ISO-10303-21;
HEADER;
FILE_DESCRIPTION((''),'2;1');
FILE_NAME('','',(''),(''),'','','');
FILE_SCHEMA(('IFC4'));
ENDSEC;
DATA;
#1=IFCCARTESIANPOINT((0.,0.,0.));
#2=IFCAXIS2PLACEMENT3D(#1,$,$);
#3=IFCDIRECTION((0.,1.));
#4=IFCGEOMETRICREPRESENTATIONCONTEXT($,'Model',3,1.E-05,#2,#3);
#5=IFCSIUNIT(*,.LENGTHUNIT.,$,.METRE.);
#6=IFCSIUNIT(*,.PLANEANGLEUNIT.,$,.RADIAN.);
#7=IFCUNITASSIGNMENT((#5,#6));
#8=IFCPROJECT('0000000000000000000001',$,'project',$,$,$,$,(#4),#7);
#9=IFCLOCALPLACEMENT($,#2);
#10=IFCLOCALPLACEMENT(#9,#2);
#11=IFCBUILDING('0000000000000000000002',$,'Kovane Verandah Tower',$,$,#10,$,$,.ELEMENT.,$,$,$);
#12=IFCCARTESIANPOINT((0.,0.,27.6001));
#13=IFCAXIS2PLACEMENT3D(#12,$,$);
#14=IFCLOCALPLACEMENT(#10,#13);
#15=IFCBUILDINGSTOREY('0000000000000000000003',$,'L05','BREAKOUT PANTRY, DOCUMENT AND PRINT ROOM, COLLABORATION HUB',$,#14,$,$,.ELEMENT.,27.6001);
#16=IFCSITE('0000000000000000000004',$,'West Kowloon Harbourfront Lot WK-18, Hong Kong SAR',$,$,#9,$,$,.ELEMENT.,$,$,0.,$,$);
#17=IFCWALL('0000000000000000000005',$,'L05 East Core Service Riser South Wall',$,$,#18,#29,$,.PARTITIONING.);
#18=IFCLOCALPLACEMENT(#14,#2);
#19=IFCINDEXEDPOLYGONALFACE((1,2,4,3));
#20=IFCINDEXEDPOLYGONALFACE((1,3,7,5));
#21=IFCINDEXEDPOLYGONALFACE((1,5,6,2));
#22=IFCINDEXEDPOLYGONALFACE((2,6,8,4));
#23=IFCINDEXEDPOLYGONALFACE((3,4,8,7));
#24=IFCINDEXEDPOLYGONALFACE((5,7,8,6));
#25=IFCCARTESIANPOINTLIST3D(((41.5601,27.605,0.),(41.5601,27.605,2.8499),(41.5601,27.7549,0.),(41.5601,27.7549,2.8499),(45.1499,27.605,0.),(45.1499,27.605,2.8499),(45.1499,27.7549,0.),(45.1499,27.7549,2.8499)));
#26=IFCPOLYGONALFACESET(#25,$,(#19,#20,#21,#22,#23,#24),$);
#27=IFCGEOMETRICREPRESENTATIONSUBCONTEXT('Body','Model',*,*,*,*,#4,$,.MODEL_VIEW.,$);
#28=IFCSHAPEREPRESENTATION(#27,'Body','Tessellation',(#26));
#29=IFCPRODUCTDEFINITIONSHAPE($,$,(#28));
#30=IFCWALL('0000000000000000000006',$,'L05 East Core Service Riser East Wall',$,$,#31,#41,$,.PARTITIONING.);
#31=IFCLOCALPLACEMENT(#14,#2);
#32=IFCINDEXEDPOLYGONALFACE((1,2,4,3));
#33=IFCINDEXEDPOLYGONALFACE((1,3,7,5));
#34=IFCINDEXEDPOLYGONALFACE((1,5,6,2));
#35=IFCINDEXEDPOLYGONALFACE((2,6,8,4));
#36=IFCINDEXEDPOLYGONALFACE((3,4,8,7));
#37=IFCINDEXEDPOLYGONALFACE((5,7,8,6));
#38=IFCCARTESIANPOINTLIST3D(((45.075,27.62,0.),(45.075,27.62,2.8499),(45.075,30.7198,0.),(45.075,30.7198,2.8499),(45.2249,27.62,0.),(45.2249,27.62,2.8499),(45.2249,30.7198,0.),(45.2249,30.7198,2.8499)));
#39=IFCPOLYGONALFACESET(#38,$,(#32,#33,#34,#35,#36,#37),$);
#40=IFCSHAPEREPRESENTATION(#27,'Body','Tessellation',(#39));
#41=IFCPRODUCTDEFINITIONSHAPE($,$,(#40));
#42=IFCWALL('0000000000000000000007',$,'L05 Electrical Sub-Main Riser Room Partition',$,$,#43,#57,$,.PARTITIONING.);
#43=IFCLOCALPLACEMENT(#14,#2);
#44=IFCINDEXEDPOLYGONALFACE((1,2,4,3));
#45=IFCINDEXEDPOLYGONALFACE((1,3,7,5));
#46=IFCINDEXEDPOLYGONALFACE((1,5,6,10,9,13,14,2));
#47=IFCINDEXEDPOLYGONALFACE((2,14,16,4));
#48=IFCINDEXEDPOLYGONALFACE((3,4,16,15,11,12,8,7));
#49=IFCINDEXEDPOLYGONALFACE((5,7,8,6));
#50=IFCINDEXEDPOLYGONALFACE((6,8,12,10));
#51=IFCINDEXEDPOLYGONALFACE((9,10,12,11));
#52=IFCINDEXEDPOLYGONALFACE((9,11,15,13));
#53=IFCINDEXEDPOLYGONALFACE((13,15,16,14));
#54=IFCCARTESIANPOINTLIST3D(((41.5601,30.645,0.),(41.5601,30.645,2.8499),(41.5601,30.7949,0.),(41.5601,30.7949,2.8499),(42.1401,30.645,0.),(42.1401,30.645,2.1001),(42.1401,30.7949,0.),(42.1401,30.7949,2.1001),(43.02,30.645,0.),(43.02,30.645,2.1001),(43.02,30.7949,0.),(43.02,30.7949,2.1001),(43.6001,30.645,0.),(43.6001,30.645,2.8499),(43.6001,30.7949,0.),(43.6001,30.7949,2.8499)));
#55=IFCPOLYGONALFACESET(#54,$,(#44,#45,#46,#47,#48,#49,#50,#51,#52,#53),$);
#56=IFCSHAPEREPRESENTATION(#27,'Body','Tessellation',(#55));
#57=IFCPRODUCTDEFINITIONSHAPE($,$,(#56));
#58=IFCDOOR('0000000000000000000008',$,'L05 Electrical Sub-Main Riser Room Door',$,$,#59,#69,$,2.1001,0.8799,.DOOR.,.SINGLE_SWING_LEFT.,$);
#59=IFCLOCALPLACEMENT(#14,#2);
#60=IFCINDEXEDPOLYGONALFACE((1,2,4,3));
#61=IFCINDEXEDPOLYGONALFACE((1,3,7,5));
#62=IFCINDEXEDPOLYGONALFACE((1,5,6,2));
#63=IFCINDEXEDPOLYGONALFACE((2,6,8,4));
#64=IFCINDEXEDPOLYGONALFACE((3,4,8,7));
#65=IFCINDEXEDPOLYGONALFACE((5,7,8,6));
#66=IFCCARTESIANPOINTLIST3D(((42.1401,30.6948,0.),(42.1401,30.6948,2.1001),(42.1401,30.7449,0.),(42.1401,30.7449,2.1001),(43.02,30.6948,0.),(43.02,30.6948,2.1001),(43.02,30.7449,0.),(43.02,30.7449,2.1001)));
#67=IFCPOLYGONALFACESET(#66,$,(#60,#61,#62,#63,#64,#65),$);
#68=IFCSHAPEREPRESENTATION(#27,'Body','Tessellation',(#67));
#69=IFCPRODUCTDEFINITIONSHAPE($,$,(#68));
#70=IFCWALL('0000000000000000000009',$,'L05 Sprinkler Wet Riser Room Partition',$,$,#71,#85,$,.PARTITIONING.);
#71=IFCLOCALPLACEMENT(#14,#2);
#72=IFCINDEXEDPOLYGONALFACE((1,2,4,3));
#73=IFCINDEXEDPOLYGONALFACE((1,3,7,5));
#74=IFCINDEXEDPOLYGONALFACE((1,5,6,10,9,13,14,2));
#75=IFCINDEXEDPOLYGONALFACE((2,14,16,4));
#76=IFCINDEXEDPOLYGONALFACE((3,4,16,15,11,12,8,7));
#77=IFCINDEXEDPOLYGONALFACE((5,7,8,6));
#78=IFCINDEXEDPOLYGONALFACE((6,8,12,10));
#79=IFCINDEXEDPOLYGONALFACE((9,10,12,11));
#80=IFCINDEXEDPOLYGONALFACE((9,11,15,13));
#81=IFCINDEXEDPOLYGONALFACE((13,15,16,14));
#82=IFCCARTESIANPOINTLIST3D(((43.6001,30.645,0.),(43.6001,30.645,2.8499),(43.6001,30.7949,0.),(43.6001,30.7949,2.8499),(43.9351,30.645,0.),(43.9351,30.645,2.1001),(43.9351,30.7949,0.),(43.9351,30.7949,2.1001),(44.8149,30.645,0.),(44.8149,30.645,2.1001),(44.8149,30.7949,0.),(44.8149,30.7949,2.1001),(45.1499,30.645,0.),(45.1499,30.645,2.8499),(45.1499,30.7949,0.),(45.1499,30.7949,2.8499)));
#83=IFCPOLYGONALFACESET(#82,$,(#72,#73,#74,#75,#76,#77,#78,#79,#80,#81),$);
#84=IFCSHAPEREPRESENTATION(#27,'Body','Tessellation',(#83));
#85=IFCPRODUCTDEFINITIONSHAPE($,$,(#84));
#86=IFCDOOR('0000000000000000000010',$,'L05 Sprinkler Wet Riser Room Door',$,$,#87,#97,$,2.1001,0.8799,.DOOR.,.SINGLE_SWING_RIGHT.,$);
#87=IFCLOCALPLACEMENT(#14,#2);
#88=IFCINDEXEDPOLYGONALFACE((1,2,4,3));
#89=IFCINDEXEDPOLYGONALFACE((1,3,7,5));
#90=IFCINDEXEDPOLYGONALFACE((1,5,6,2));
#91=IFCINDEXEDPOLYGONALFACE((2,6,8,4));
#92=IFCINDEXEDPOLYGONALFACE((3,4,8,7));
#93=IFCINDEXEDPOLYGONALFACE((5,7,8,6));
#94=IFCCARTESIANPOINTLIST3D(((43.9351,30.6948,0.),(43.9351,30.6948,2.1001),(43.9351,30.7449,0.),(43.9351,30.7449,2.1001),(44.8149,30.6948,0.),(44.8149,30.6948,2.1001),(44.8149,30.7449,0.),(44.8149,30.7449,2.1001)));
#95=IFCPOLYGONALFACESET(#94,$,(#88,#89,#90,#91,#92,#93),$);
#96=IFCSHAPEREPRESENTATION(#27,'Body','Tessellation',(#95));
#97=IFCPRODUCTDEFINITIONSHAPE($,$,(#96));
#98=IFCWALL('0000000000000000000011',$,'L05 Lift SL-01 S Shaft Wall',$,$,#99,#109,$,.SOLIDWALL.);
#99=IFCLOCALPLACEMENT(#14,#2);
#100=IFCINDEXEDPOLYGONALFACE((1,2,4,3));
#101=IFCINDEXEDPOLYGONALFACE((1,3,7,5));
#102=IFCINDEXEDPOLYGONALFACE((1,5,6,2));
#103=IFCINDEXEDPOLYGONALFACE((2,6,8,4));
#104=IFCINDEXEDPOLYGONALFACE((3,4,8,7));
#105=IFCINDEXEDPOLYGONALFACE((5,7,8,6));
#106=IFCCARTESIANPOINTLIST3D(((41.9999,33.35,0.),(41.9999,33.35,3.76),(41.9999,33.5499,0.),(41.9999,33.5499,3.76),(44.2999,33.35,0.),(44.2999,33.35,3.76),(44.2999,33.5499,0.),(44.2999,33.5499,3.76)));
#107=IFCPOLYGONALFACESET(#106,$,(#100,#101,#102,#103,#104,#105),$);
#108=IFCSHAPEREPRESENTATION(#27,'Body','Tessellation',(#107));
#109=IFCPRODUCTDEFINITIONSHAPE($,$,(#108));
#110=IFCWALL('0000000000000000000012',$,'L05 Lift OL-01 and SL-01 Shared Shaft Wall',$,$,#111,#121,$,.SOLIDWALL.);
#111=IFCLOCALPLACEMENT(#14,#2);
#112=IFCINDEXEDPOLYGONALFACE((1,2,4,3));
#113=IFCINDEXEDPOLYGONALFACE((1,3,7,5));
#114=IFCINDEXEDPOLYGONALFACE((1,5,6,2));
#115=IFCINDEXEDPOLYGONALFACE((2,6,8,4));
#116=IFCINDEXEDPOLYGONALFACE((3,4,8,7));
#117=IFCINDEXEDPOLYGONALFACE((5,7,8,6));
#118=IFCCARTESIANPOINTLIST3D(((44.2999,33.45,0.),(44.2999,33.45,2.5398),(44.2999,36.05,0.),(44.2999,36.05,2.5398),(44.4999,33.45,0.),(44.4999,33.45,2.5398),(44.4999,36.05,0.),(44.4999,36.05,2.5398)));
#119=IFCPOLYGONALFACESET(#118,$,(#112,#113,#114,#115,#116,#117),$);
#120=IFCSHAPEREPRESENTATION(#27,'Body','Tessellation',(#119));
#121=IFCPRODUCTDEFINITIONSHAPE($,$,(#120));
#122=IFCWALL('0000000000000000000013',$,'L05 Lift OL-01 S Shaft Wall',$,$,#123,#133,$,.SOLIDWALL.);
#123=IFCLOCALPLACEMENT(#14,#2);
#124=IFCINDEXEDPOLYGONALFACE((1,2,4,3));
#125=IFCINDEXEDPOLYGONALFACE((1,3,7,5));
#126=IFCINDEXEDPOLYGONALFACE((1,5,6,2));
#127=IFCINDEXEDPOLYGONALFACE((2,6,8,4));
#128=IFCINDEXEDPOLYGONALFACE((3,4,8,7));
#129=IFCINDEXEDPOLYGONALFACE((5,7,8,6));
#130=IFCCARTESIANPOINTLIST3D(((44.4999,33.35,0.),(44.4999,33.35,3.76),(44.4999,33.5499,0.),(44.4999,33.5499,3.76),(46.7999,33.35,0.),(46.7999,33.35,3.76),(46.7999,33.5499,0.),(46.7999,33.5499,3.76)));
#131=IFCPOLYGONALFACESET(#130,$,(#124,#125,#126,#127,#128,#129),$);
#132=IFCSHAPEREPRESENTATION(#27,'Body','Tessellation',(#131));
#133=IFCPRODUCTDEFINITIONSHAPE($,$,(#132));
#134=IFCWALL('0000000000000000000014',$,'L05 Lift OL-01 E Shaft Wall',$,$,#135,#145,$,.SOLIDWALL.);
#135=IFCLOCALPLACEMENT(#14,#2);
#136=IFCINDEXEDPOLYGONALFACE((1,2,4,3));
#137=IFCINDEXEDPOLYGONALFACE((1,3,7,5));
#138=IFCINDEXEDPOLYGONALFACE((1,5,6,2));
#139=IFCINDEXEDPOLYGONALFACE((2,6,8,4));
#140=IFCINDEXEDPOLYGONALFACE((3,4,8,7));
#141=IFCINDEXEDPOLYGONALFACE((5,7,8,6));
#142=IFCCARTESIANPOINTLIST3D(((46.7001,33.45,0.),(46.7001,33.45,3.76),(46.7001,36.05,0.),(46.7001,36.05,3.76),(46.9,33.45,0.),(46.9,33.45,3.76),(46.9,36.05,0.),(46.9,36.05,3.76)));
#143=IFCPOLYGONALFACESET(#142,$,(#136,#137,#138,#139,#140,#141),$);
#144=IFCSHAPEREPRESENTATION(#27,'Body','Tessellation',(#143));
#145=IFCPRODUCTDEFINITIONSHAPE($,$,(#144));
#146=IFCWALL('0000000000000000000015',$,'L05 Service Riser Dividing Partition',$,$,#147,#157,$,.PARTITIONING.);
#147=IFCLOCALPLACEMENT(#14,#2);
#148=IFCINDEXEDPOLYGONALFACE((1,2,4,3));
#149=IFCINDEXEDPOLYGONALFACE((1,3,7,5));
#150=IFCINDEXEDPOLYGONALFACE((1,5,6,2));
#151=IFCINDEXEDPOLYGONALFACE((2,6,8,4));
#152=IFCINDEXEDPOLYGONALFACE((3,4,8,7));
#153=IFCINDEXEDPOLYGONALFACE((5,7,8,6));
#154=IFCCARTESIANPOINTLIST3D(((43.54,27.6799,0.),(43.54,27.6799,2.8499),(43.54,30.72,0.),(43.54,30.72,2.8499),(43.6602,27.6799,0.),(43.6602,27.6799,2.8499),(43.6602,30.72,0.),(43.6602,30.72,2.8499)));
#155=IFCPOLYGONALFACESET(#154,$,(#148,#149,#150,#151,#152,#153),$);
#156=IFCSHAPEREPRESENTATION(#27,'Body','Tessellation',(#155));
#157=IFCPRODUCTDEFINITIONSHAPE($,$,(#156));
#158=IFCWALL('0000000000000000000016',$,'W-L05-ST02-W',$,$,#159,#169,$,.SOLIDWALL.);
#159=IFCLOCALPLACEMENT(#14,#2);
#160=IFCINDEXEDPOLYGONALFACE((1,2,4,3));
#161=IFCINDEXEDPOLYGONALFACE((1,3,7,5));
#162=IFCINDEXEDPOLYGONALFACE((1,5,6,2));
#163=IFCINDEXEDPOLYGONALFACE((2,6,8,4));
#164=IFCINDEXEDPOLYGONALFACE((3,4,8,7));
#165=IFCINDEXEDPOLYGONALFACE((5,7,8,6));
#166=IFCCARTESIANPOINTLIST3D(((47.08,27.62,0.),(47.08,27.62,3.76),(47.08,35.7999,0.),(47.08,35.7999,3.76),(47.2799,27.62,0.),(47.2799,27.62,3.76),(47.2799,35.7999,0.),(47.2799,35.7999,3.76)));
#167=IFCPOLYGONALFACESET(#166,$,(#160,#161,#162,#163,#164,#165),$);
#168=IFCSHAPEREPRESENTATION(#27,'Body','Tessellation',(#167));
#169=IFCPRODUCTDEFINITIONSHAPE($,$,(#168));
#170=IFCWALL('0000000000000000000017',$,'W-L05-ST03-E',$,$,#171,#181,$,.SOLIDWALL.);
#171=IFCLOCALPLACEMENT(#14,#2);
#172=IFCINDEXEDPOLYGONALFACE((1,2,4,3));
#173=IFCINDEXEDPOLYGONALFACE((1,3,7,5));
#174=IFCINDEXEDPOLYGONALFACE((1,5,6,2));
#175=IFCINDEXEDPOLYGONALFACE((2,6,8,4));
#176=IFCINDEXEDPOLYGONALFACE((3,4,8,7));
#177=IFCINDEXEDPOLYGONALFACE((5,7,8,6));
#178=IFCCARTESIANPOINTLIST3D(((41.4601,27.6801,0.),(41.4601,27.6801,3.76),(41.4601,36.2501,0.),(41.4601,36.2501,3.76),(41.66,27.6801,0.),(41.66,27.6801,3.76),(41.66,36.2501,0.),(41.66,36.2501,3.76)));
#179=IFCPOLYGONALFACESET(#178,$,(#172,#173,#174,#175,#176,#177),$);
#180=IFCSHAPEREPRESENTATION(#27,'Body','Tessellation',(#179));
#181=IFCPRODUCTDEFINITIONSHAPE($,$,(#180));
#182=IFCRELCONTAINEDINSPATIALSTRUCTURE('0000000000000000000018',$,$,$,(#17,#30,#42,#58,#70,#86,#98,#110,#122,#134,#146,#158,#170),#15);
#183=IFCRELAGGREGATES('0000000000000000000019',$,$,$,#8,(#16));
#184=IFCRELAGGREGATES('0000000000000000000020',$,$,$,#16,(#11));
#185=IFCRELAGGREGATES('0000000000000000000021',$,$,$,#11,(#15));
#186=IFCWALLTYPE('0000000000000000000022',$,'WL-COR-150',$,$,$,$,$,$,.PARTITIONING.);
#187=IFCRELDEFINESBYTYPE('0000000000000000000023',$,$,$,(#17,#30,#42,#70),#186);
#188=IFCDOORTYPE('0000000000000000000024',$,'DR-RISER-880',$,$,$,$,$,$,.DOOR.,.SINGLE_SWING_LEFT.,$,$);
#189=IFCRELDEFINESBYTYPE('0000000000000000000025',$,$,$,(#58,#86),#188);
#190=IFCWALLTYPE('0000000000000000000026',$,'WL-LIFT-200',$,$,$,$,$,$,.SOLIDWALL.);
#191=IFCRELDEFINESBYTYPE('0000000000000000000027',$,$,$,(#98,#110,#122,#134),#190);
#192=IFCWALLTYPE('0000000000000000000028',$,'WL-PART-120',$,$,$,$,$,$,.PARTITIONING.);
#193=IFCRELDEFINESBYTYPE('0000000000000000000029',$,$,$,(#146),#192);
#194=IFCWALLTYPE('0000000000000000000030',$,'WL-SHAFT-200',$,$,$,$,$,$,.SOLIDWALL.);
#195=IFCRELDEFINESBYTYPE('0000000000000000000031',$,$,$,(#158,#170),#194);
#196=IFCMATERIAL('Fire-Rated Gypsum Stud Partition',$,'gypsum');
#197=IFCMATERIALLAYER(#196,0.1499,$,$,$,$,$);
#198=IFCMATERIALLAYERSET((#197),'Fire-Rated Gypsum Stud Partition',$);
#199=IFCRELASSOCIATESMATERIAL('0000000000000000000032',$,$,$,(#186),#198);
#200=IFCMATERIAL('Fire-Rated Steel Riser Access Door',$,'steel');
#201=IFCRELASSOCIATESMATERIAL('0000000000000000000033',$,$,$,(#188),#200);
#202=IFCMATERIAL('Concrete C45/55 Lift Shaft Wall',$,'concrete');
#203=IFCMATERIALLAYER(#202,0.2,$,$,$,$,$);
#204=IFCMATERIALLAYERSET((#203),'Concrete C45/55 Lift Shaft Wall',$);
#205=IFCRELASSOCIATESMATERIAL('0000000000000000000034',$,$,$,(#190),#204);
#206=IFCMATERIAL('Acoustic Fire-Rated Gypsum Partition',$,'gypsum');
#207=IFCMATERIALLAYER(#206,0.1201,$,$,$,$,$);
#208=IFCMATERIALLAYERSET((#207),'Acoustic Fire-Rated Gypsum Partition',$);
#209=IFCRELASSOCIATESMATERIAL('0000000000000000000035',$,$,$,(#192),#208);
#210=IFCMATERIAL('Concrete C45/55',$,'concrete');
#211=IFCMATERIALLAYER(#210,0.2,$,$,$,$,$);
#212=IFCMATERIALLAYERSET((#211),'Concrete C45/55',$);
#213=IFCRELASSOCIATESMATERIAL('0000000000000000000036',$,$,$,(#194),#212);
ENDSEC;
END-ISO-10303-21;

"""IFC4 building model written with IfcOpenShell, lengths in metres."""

from ifc_helpers import new_model, si_unit, direction, frame, frame_2d, origin, place, context, subcontext, project, spatial, rectangle, extrude, material, layer, layer_set, type_object, element, fill, save


model = new_model("IFC4")

# Units and contexts
model_context = context("Model", 3, precision=1e-05, world=origin(), true_north=direction((0.0, 1.0)))
body_context = subcontext(model_context, "Body", "Model", "MODEL_VIEW")
ifc_project = project(units=[si_unit("LENGTHUNIT", "METRE"), si_unit("PLANEANGLEUNIT", "RADIAN")], contexts=[model_context])

# Site, building, storey
site_placement = place(None, origin())
site = spatial("IfcSite", under=ifc_project, at=site_placement, Name="West Kowloon Harbourfront Lot WK-18, Hong Kong SAR", CompositionType="ELEMENT", RefElevation=0.0)
building_placement = place(site_placement, origin())
building = spatial("IfcBuilding", under=site, at=building_placement, Name="Kovane Verandah Tower", CompositionType="ELEMENT")
storey_placement = place(building_placement, frame((0.0, 0.0, 27.6001)))
storey = spatial("IfcBuildingStorey", under=building, at=storey_placement, Name="L05", Description="BREAKOUT PANTRY, DOCUMENT AND PRINT ROOM, COLLABORATION HUB", CompositionType="ELEMENT", Elevation=27.6001)

# Walls
ifc_material_1 = material(Name="Fire-Rated Gypsum Stud Partition", Category="gypsum")
ifc_layer_1 = layer(ifc_material_1, 0.1499)
ifc_layer_set_1 = layer_set([ifc_layer_1], Name="Fire-Rated Gypsum Stud Partition")
wall_type_1 = type_object("IfcWallType", Name="WL-COR-150", PredefinedType="PARTITIONING", material=ifc_layer_set_1)
wall_1_placement = place(storey_placement, frame((41.5601, 27.6799, 0.0), z_axis=(0.0, 0.0, 1.0), x_axis=(1.0, 0.0, 0.0)))
element("IfcWall", 1, at=wall_1_placement, inside=storey, type_object=wall_type_1, Name="L05 East Core Service Riser South Wall", PredefinedType="PARTITIONING", context=body_context, shape_type="SweptSolid", body=[
    extrude(rectangle(XDim=3.5898, YDim=0.1499, at=frame_2d((1.7949, 0.0))), origin(), (0.0, 0.0, 1.0), 2.8499),
])
wall_2_placement = place(storey_placement, frame((45.1499, 27.6201, 0.0), z_axis=(0.0, 0.0, 1.0), x_axis=(0.0, 1.0, 0.0)))
element("IfcWall", 2, at=wall_2_placement, inside=storey, type_object=wall_type_1, Name="L05 East Core Service Riser East Wall", PredefinedType="PARTITIONING", context=body_context, shape_type="SweptSolid", body=[
    extrude(rectangle(XDim=3.0999, YDim=0.1499, at=frame_2d((1.5498, 0.0))), origin(), (0.0, 0.0, 1.0), 2.8499),
])

# Walls, openings, doors
wall_3_placement = place(storey_placement, frame((41.5601, 30.72, 0.0), z_axis=(0.0, 0.0, 1.0), x_axis=(1.0, 0.0, 0.0)))
wall_3 = element("IfcWall", 3, at=wall_3_placement, inside=storey, type_object=wall_type_1, Name="L05 Electrical Sub-Main Riser Room Partition", PredefinedType="PARTITIONING", context=body_context, shape_type="SweptSolid", body=[
    extrude(rectangle(XDim=2.04, YDim=0.1499, at=frame_2d((1.02, 0.0))), origin(), (0.0, 0.0, 1.0), 2.8499),
])
opening_1_placement = place(wall_3_placement, frame((0.5801, 0.0, 0.0)))
opening_1 = element("IfcOpeningElement", 4, at=opening_1_placement, cuts=wall_3, PredefinedType="OPENING", context=body_context, shape_type="SweptSolid", body=[
    extrude(rectangle(XDim=0.8799, YDim=2.1001, at=frame_2d((0.4399, 1.05))), frame((0.0, 0.075, 0.0), z_axis=(0.0, -1.0, 0.0), x_axis=(1.0, 0.0, 0.0)), (0.0, 0.0, 1.0), 0.1499),
])
ifc_material_2 = material(Name="Fire-Rated Steel Riser Access Door", Category="steel")
door_type_1 = type_object("IfcDoorType", Name="DR-RISER-880", OperationType="SINGLE_SWING_LEFT", PredefinedType="DOOR", material=ifc_material_2)
door_1_placement = place(opening_1_placement, origin())
door_1 = element("IfcDoor", 5, at=door_1_placement, inside=storey, type_object=door_type_1, Name="L05 Electrical Sub-Main Riser Room Door", OperationType="SINGLE_SWING_LEFT", OverallHeight=2.1001, OverallWidth=0.8799, PredefinedType="DOOR", context=body_context, shape_type="SweptSolid", body=[
    extrude(rectangle(XDim=0.8799, YDim=2.1001, at=frame_2d((0.4399, 1.05))), frame((0.0, 0.0249, 0.0), z_axis=(0.0, -1.0, 0.0), x_axis=(1.0, 0.0, 0.0)), (0.0, 0.0, 1.0), 0.05),
])
fill(opening_1, door_1)
wall_4_placement = place(storey_placement, frame((43.6001, 30.72, 0.0), z_axis=(0.0, 0.0, 1.0), x_axis=(1.0, 0.0, 0.0)))
wall_4 = element("IfcWall", 6, at=wall_4_placement, inside=storey, type_object=wall_type_1, Name="L05 Sprinkler Wet Riser Room Partition", PredefinedType="PARTITIONING", context=body_context, shape_type="SweptSolid", body=[
    extrude(rectangle(XDim=1.5498, YDim=0.1499, at=frame_2d((0.7749, 0.0))), origin(), (0.0, 0.0, 1.0), 2.8499),
])
opening_2_placement = place(wall_4_placement, frame((0.335, 0.0, 0.0)))
opening_2 = element("IfcOpeningElement", 7, at=opening_2_placement, cuts=wall_4, PredefinedType="OPENING", context=body_context, shape_type="SweptSolid", body=[
    extrude(rectangle(XDim=0.8799, YDim=2.1001, at=frame_2d((0.4399, 1.05))), frame((0.0, 0.075, 0.0), z_axis=(0.0, -1.0, 0.0), x_axis=(1.0, 0.0, 0.0)), (0.0, 0.0, 1.0), 0.1499),
])
door_2_placement = place(opening_2_placement, origin())
door_2 = element("IfcDoor", 8, at=door_2_placement, inside=storey, type_object=door_type_1, Name="L05 Sprinkler Wet Riser Room Door", OperationType="SINGLE_SWING_RIGHT", OverallHeight=2.1001, OverallWidth=0.8799, PredefinedType="DOOR", context=body_context, shape_type="SweptSolid", body=[
    extrude(rectangle(XDim=0.8799, YDim=2.1001, at=frame_2d((0.4399, 1.05))), frame((0.0, 0.0249, 0.0), z_axis=(0.0, -1.0, 0.0), x_axis=(1.0, 0.0, 0.0)), (0.0, 0.0, 1.0), 0.05),
])
fill(opening_2, door_2)

# Walls
ifc_material_3 = material(Name="Concrete C45/55 Lift Shaft Wall", Category="concrete")
ifc_layer_2 = layer(ifc_material_3, 0.2)
ifc_layer_set_2 = layer_set([ifc_layer_2], Name="Concrete C45/55 Lift Shaft Wall")
wall_type_2 = type_object("IfcWallType", Name="WL-LIFT-200", PredefinedType="SOLIDWALL", material=ifc_layer_set_2)
wall_5_placement = place(storey_placement, frame((42.0, 33.45, 0.0), z_axis=(0.0, 0.0, 1.0), x_axis=(1.0, 0.0, 0.0)))
element("IfcWall", 9, at=wall_5_placement, inside=storey, type_object=wall_type_2, Name="L05 Lift SL-01 S Shaft Wall", PredefinedType="SOLIDWALL", context=body_context, shape_type="SweptSolid", body=[
    extrude(rectangle(XDim=2.3, YDim=0.2, at=frame_2d((1.1499, 0.0))), origin(), (0.0, 0.0, 1.0), 3.76),
])
wall_6_placement = place(storey_placement, frame((44.3999, 33.45, 0.0), z_axis=(0.0, 0.0, 1.0), x_axis=(0.0, 1.0, 0.0)))
element("IfcWall", 10, at=wall_6_placement, inside=storey, type_object=wall_type_2, Name="L05 Lift OL-01 and SL-01 Shared Shaft Wall", PredefinedType="SOLIDWALL", context=body_context, shape_type="SweptSolid", body=[
    extrude(rectangle(XDim=2.6001, YDim=0.2, at=frame_2d((1.3, 0.0))), origin(), (0.0, 0.0, 1.0), 2.5398),
])
wall_7_placement = place(storey_placement, frame((44.5, 33.45, 0.0), z_axis=(0.0, 0.0, 1.0), x_axis=(1.0, 0.0, 0.0)))
element("IfcWall", 11, at=wall_7_placement, inside=storey, type_object=wall_type_2, Name="L05 Lift OL-01 S Shaft Wall", PredefinedType="SOLIDWALL", context=body_context, shape_type="SweptSolid", body=[
    extrude(rectangle(XDim=2.3, YDim=0.2, at=frame_2d((1.1499, 0.0))), origin(), (0.0, 0.0, 1.0), 3.76),
])
wall_8_placement = place(storey_placement, frame((46.8, 33.45, 0.0), z_axis=(0.0, 0.0, 1.0), x_axis=(0.0, 1.0, 0.0)))
element("IfcWall", 12, at=wall_8_placement, inside=storey, type_object=wall_type_2, Name="L05 Lift OL-01 E Shaft Wall", PredefinedType="SOLIDWALL", context=body_context, shape_type="SweptSolid", body=[
    extrude(rectangle(XDim=2.6001, YDim=0.2, at=frame_2d((1.3, 0.0))), origin(), (0.0, 0.0, 1.0), 3.76),
])
ifc_material_4 = material(Name="Acoustic Fire-Rated Gypsum Partition", Category="gypsum")
ifc_layer_3 = layer(ifc_material_4, 0.1201)
ifc_layer_set_3 = layer_set([ifc_layer_3], Name="Acoustic Fire-Rated Gypsum Partition")
wall_type_3 = type_object("IfcWallType", Name="WL-PART-120", PredefinedType="PARTITIONING", material=ifc_layer_set_3)
wall_9_placement = place(storey_placement, frame((43.6001, 27.6799, 0.0), z_axis=(0.0, 0.0, 1.0), x_axis=(0.0, 1.0, 0.0)))
element("IfcWall", 13, at=wall_9_placement, inside=storey, type_object=wall_type_3, Name="L05 Service Riser Dividing Partition", PredefinedType="PARTITIONING", context=body_context, shape_type="SweptSolid", body=[
    extrude(rectangle(XDim=3.04, YDim=0.1201, at=frame_2d((1.52, 0.0))), origin(), (0.0, 0.0, 1.0), 2.8499),
])
ifc_material_5 = material(Name="Concrete C45/55", Category="concrete")
ifc_layer_4 = layer(ifc_material_5, 0.2)
ifc_layer_set_4 = layer_set([ifc_layer_4], Name="Concrete C45/55")
wall_type_4 = type_object("IfcWallType", Name="WL-SHAFT-200", PredefinedType="SOLIDWALL", material=ifc_layer_set_4)
wall_10_placement = place(storey_placement, frame((47.1799, 27.6201, 0.0), z_axis=(0.0, 0.0, 1.0), x_axis=(0.0, 1.0, 0.0)))
element("IfcWall", 14, at=wall_10_placement, inside=storey, type_object=wall_type_4, Name="W-L05-ST02-W", PredefinedType="SOLIDWALL", context=body_context, shape_type="SweptSolid", body=[
    extrude(rectangle(XDim=8.1799, YDim=0.2, at=frame_2d((4.0898, 0.0))), origin(), (0.0, 0.0, 1.0), 3.76),
])

# Wall
wall_11_placement = place(storey_placement, frame((41.5601, 27.6799, 0.0), z_axis=(0.0, 0.0, 1.0), x_axis=(0.0, 1.0, 0.0)))
element("IfcWall", 15, at=wall_11_placement, inside=storey, type_object=wall_type_4, Name="W-L05-ST03-E", PredefinedType="SOLIDWALL", context=body_context, shape_type="SweptSolid", body=[
    extrude(rectangle(XDim=8.5701, YDim=0.2, at=frame_2d((4.2852, 0.0))), origin(), (0.0, 0.0, 1.0), 3.76),
])

save(model, "model.ifc")
